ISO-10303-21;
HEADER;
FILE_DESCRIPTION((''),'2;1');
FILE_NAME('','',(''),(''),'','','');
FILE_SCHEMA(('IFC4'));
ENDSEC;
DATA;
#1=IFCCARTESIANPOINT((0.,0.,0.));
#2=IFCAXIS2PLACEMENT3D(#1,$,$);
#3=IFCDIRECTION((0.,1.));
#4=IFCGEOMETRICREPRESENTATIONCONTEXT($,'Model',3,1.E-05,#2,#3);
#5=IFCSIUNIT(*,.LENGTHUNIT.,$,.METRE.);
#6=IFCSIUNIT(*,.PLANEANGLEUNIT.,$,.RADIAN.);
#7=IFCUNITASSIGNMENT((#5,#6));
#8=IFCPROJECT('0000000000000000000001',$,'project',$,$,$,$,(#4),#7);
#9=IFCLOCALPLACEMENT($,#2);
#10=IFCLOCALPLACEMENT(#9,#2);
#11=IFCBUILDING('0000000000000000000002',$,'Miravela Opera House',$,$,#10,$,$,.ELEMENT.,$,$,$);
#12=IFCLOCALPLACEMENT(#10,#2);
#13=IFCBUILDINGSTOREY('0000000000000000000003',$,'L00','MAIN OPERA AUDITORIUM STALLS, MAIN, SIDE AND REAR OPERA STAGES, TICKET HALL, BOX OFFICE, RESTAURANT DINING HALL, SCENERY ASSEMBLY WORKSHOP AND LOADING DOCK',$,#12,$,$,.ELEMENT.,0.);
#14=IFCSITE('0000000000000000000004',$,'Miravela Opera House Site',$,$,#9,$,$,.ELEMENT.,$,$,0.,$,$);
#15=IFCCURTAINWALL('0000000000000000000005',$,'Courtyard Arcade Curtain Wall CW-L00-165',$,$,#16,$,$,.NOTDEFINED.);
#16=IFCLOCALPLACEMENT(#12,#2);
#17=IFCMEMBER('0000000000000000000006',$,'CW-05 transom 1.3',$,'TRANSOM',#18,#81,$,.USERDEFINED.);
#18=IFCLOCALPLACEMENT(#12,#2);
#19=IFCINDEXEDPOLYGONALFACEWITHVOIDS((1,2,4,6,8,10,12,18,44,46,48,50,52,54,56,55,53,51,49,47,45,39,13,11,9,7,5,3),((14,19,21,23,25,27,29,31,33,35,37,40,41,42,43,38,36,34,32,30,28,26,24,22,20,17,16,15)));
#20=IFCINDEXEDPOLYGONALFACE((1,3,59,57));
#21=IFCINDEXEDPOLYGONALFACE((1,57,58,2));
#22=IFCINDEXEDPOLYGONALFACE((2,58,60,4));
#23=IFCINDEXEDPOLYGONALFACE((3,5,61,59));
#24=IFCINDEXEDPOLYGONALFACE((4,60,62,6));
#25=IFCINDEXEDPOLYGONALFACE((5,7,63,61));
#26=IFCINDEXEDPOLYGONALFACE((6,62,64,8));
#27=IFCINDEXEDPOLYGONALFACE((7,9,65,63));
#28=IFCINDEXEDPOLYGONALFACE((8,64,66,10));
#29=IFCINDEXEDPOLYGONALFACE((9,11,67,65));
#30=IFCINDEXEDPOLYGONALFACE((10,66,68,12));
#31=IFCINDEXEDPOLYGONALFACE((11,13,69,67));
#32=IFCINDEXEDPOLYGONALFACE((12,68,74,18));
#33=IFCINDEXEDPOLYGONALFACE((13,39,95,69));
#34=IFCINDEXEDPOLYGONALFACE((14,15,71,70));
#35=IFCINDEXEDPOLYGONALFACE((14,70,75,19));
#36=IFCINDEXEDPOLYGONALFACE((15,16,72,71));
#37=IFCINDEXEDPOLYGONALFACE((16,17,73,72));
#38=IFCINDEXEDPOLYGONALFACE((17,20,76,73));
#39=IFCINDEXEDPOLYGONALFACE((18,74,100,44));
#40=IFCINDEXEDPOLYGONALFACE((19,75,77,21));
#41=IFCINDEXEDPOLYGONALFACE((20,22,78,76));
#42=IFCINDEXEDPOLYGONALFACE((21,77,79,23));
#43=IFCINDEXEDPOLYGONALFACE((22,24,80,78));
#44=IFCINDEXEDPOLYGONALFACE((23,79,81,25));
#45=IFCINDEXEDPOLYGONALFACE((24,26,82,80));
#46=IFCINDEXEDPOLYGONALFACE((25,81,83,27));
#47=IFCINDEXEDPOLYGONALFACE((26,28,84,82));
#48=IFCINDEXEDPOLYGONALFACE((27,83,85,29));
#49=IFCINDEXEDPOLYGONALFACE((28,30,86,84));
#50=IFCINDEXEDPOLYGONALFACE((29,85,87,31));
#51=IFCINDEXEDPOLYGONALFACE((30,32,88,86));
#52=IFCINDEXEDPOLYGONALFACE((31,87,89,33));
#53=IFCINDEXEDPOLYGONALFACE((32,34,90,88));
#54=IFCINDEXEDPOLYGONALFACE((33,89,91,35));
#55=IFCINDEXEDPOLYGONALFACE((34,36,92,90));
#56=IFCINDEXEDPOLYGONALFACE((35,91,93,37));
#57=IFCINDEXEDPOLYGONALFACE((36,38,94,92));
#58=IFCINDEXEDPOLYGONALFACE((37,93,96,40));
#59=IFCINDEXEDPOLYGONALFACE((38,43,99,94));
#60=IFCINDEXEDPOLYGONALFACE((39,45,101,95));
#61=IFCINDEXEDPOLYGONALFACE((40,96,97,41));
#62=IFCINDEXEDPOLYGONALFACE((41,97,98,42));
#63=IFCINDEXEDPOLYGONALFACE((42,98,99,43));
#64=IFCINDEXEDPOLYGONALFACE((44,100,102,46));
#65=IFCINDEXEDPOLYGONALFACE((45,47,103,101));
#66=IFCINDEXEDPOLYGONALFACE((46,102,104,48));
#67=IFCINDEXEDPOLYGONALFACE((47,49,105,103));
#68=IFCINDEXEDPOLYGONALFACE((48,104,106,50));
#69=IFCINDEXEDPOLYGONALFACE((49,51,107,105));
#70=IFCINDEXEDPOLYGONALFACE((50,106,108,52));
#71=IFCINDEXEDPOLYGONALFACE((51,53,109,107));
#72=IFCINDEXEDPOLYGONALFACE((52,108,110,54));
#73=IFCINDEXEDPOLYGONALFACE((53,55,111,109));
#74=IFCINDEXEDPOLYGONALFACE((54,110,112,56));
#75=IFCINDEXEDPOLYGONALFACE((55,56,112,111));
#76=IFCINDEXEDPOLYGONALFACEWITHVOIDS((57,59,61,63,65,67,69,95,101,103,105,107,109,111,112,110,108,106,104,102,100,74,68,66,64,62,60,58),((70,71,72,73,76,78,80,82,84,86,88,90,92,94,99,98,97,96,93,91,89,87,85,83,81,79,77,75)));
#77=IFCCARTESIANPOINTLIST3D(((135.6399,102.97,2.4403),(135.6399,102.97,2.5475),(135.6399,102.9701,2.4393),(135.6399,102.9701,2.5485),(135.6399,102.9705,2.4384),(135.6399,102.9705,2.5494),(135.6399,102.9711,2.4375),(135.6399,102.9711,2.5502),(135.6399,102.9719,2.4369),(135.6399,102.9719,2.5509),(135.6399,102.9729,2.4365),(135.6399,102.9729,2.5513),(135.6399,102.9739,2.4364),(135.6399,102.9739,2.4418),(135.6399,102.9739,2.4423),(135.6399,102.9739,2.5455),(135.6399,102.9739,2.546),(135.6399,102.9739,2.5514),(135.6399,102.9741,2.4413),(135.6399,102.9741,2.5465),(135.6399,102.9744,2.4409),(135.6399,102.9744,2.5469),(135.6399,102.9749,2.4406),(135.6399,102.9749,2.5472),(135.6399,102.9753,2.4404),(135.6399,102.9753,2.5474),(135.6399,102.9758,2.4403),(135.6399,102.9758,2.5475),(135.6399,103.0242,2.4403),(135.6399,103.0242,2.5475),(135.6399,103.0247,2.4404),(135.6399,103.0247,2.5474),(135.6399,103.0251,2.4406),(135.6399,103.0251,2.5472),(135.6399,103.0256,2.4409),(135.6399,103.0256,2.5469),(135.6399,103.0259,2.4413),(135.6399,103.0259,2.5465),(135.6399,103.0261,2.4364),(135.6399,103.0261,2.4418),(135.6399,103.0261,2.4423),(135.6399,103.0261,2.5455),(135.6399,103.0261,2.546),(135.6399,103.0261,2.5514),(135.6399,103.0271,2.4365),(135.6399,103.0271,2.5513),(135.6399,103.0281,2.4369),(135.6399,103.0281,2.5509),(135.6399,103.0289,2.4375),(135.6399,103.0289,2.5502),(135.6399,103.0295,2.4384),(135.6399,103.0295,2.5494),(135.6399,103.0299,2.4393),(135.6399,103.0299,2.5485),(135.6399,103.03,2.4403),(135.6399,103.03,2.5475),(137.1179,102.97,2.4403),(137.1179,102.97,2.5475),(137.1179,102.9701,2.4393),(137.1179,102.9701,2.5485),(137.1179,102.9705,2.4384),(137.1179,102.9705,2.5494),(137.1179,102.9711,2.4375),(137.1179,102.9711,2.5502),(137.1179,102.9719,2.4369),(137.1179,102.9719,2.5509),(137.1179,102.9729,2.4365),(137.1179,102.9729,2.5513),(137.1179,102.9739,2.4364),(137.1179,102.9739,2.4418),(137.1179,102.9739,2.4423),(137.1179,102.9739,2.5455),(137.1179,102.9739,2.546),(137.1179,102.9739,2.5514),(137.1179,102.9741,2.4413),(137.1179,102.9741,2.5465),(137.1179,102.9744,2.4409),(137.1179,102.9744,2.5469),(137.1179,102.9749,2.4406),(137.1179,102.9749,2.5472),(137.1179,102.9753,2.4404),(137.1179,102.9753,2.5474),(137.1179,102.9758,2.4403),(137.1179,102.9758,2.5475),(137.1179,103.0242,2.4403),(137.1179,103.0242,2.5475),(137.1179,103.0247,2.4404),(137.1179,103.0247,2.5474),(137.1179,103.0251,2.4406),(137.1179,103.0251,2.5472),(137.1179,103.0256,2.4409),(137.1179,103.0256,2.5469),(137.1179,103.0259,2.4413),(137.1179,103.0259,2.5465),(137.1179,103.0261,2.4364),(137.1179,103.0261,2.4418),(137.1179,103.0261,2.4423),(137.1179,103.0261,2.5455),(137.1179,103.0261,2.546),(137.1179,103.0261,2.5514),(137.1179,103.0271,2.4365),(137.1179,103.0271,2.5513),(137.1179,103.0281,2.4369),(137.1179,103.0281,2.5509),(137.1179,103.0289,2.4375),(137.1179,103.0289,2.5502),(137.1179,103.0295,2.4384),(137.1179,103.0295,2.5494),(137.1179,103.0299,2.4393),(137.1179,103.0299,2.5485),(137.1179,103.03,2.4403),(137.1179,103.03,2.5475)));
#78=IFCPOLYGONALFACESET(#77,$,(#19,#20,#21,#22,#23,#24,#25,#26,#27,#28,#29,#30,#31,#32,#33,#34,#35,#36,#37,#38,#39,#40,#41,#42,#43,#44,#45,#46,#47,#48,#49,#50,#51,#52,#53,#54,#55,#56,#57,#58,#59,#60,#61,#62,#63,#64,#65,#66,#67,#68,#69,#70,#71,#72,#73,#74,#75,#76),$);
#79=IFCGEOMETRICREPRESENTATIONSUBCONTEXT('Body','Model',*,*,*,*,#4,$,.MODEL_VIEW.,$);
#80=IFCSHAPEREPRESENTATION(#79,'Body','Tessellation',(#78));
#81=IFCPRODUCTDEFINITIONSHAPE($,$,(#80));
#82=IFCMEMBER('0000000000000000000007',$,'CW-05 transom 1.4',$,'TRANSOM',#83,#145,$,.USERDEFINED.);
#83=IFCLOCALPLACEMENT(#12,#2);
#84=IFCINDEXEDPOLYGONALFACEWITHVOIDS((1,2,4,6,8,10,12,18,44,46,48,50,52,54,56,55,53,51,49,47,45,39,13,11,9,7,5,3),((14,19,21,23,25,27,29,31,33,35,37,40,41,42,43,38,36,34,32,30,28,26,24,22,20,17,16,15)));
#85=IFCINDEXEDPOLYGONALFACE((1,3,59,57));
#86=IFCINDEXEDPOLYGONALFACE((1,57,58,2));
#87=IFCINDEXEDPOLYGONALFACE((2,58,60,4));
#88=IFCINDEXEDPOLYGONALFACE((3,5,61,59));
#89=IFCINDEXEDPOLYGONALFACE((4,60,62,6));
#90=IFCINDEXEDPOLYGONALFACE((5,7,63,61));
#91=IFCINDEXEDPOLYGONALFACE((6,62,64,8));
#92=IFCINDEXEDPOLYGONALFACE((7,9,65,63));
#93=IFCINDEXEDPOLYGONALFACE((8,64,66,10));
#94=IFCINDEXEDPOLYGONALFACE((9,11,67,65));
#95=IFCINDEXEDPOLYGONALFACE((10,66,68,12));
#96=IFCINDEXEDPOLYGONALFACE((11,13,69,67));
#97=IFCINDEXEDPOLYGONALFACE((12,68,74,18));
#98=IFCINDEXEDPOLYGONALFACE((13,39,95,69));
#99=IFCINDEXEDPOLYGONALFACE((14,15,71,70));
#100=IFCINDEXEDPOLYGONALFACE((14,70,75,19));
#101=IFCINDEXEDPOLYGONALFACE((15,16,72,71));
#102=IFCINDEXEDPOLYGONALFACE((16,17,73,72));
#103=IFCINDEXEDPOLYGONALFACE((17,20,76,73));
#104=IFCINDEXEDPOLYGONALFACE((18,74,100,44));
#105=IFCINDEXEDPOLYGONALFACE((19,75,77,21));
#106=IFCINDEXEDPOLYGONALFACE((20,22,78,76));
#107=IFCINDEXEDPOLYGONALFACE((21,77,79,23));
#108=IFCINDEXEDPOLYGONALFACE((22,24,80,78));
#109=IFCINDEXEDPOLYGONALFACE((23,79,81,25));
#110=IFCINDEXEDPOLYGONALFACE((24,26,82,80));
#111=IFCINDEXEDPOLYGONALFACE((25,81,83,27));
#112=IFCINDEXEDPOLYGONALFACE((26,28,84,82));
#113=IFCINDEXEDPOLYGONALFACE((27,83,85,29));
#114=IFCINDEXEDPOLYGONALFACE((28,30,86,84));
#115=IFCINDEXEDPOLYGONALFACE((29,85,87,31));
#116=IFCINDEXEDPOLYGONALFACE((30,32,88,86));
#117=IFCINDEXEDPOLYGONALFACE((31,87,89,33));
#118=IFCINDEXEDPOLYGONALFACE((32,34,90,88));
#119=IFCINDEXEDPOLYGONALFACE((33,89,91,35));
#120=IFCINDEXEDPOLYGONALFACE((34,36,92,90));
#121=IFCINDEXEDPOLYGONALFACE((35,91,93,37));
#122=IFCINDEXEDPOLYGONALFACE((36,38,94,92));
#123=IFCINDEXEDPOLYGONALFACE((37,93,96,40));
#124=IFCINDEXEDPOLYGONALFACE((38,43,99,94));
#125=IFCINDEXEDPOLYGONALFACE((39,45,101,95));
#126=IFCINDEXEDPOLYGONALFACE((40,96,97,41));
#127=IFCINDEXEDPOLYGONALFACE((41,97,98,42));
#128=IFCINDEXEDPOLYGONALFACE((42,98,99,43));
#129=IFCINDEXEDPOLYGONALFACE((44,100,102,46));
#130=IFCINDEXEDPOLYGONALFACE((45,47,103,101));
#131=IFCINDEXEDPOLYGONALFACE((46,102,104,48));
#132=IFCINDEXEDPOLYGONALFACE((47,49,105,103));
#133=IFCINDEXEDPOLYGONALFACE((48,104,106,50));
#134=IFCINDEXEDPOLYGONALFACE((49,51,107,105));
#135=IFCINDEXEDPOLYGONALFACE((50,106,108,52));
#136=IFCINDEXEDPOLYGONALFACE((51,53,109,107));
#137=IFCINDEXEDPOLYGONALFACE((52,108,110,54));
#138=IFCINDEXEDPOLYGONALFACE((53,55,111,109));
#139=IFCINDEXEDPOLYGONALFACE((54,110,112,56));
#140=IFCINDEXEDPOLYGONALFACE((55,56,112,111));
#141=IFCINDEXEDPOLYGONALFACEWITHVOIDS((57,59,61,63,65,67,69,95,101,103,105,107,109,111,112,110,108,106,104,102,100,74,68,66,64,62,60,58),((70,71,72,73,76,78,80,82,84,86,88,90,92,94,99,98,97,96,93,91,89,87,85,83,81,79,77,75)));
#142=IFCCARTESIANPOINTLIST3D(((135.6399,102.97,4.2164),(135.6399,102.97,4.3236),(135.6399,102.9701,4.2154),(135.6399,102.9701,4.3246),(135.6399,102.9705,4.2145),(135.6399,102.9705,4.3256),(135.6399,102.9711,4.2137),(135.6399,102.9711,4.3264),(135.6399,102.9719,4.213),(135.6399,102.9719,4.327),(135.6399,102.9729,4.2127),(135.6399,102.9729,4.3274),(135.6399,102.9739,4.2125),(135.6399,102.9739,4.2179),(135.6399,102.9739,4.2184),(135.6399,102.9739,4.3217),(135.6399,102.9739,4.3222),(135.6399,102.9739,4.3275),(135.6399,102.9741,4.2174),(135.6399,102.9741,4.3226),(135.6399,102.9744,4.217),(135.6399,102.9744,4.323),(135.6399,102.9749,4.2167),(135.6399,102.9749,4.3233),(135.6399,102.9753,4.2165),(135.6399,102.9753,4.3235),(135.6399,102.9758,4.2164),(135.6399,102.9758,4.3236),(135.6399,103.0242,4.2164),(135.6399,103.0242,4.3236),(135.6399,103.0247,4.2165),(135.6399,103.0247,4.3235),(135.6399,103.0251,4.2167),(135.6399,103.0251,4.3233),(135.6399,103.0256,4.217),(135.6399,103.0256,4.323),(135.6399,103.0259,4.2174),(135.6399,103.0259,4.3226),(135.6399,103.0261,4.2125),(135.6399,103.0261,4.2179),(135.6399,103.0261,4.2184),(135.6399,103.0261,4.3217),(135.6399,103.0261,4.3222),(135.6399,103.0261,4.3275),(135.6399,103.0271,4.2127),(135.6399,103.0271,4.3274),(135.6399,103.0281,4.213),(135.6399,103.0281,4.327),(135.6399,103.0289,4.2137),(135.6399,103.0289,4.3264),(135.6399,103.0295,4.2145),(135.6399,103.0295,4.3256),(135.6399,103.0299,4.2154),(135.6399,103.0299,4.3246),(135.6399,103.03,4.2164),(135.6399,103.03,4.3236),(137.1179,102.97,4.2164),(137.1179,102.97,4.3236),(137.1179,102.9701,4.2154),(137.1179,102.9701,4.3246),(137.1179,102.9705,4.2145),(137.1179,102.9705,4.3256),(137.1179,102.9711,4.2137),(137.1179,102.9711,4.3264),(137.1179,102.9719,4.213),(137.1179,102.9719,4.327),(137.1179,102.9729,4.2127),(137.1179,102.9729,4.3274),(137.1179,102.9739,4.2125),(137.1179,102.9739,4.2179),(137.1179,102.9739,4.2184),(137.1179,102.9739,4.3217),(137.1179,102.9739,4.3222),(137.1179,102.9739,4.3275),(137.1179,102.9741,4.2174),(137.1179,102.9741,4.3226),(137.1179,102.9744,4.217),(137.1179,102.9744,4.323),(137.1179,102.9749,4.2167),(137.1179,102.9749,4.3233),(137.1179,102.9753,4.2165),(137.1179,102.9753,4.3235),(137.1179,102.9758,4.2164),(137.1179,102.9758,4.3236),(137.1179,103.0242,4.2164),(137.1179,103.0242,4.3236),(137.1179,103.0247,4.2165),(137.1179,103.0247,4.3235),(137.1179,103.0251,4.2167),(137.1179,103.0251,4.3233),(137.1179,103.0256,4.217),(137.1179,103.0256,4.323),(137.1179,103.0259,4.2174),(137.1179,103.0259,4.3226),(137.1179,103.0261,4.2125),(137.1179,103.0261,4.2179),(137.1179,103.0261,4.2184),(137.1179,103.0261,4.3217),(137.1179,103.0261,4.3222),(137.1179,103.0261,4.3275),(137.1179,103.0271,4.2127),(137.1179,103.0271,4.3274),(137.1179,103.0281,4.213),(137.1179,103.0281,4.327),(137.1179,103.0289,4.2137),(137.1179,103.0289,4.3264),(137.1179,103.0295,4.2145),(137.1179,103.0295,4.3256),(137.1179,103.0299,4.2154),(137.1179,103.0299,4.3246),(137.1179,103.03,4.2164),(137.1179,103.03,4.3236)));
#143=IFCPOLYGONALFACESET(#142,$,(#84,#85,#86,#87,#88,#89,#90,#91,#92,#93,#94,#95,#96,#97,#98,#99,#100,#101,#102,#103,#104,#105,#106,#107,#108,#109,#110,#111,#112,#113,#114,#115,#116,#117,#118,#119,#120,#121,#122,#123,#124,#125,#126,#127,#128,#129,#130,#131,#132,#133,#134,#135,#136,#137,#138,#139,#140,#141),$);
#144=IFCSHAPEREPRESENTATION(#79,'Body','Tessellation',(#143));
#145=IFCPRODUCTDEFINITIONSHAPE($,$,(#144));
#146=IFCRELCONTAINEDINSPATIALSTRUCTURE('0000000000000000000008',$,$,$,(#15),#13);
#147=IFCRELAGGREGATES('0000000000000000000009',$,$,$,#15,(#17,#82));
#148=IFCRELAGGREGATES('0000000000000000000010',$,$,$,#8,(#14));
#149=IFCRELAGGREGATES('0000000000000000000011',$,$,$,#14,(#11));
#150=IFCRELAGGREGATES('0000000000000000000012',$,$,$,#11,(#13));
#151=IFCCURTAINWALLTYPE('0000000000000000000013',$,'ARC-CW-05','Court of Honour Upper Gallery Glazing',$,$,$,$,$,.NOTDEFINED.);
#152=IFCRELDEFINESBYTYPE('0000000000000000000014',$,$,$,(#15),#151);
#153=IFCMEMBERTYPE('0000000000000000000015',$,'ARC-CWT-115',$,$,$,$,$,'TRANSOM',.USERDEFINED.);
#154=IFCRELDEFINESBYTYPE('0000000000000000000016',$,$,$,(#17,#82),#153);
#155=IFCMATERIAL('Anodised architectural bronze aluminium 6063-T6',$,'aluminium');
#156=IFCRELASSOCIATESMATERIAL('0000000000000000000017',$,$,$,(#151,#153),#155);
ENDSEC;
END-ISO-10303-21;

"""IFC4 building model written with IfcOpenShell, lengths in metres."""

from ifc_helpers import new_model, si_unit, direction, frame, origin, origin_2d, place, context, subcontext, project, spatial, hollow_rectangle, extrude, material, material_profile, profile_set, type_object, element, aggregate, save


model = new_model("IFC4")

# Units and contexts
model_context = context("Model", 3, precision=1e-05, world=origin(), true_north=direction((0.0, 1.0)))
body_context = subcontext(model_context, "Body", "Model", "MODEL_VIEW")
ifc_project = project(units=[si_unit("LENGTHUNIT", "METRE"), si_unit("PLANEANGLEUNIT", "RADIAN")], contexts=[model_context])

# Site, building, storey
site_placement = place(None, origin())
site = spatial("IfcSite", under=ifc_project, at=site_placement, Name="Miravela Opera House Site", CompositionType="ELEMENT", RefElevation=0.0)
building_placement = place(site_placement, origin())
building = spatial("IfcBuilding", under=site, at=building_placement, Name="Miravela Opera House", CompositionType="ELEMENT")
storey_placement = place(building_placement, origin())
storey = spatial("IfcBuildingStorey", under=building, at=storey_placement, Name="L00", Description="MAIN OPERA AUDITORIUM STALLS, MAIN, SIDE AND REAR OPERA STAGES, TICKET HALL, BOX OFFICE, RESTAURANT DINING HALL, SCENERY ASSEMBLY WORKSHOP AND LOADING DOCK", CompositionType="ELEMENT", Elevation=0.0)

# Curtain wall
ifc_material_1 = material(Name="Anodised architectural bronze aluminium 6063-T6", Category="aluminium")
curtain_wall_type = type_object("IfcCurtainWallType", Name="ARC-CW-05", Description="Court of Honour Upper Gallery Glazing", PredefinedType="NOTDEFINED", material=ifc_material_1)
curtain_wall_1_placement = place(storey_placement, origin())
curtain_wall_1 = element("IfcCurtainWall", 1, at=curtain_wall_1_placement, inside=storey, type_object=curtain_wall_type, Name="Courtyard Arcade Curtain Wall CW-L00-165", PredefinedType="NOTDEFINED")

# Members
ifc_material_profile_1 = material_profile(ifc_material_1, hollow_rectangle(XDim=0.0601, YDim=0.115, WallThickness=0.0039, InnerFilletRadius=0.002, OuterFilletRadius=0.0039, at=origin_2d()), Name="CWT-60X115")
ifc_profile_set_1 = profile_set([ifc_material_profile_1])
member_type_1 = type_object("IfcMemberType", Name="ARC-CWT-115", ElementType="TRANSOM", PredefinedType="USERDEFINED", material=ifc_profile_set_1)
member_1_placement = place(storey_placement, frame((135.6399, 103.0, 2.4939), z_axis=(1.0, 0.0, 0.0), x_axis=(0.0, 1.0, 0.0)))
member_1 = element("IfcMember", 2, at=member_1_placement, type_object=member_type_1, Name="CW-05 transom 1.3", ObjectType="TRANSOM", PredefinedType="USERDEFINED", context=body_context, shape_type="SweptSolid", body=[
    extrude(hollow_rectangle(XDim=0.0601, YDim=0.115, WallThickness=0.0039, InnerFilletRadius=0.002, OuterFilletRadius=0.0039, at=origin_2d()), origin(), (0.0, 0.0, 1.0), 1.478),
])
member_2_placement = place(storey_placement, frame((135.6399, 103.0, 4.27), z_axis=(1.0, 0.0, 0.0), x_axis=(0.0, 1.0, 0.0)))
member_2 = element("IfcMember", 3, at=member_2_placement, type_object=member_type_1, Name="CW-05 transom 1.4", ObjectType="TRANSOM", PredefinedType="USERDEFINED", context=body_context, shape_type="SweptSolid", body=[
    extrude(hollow_rectangle(XDim=0.0601, YDim=0.115, WallThickness=0.0039, InnerFilletRadius=0.002, OuterFilletRadius=0.0039, at=origin_2d()), origin(), (0.0, 0.0, 1.0), 1.478),
])

aggregate(curtain_wall_1, [member_1, member_2])

save(model, "model.ifc")
